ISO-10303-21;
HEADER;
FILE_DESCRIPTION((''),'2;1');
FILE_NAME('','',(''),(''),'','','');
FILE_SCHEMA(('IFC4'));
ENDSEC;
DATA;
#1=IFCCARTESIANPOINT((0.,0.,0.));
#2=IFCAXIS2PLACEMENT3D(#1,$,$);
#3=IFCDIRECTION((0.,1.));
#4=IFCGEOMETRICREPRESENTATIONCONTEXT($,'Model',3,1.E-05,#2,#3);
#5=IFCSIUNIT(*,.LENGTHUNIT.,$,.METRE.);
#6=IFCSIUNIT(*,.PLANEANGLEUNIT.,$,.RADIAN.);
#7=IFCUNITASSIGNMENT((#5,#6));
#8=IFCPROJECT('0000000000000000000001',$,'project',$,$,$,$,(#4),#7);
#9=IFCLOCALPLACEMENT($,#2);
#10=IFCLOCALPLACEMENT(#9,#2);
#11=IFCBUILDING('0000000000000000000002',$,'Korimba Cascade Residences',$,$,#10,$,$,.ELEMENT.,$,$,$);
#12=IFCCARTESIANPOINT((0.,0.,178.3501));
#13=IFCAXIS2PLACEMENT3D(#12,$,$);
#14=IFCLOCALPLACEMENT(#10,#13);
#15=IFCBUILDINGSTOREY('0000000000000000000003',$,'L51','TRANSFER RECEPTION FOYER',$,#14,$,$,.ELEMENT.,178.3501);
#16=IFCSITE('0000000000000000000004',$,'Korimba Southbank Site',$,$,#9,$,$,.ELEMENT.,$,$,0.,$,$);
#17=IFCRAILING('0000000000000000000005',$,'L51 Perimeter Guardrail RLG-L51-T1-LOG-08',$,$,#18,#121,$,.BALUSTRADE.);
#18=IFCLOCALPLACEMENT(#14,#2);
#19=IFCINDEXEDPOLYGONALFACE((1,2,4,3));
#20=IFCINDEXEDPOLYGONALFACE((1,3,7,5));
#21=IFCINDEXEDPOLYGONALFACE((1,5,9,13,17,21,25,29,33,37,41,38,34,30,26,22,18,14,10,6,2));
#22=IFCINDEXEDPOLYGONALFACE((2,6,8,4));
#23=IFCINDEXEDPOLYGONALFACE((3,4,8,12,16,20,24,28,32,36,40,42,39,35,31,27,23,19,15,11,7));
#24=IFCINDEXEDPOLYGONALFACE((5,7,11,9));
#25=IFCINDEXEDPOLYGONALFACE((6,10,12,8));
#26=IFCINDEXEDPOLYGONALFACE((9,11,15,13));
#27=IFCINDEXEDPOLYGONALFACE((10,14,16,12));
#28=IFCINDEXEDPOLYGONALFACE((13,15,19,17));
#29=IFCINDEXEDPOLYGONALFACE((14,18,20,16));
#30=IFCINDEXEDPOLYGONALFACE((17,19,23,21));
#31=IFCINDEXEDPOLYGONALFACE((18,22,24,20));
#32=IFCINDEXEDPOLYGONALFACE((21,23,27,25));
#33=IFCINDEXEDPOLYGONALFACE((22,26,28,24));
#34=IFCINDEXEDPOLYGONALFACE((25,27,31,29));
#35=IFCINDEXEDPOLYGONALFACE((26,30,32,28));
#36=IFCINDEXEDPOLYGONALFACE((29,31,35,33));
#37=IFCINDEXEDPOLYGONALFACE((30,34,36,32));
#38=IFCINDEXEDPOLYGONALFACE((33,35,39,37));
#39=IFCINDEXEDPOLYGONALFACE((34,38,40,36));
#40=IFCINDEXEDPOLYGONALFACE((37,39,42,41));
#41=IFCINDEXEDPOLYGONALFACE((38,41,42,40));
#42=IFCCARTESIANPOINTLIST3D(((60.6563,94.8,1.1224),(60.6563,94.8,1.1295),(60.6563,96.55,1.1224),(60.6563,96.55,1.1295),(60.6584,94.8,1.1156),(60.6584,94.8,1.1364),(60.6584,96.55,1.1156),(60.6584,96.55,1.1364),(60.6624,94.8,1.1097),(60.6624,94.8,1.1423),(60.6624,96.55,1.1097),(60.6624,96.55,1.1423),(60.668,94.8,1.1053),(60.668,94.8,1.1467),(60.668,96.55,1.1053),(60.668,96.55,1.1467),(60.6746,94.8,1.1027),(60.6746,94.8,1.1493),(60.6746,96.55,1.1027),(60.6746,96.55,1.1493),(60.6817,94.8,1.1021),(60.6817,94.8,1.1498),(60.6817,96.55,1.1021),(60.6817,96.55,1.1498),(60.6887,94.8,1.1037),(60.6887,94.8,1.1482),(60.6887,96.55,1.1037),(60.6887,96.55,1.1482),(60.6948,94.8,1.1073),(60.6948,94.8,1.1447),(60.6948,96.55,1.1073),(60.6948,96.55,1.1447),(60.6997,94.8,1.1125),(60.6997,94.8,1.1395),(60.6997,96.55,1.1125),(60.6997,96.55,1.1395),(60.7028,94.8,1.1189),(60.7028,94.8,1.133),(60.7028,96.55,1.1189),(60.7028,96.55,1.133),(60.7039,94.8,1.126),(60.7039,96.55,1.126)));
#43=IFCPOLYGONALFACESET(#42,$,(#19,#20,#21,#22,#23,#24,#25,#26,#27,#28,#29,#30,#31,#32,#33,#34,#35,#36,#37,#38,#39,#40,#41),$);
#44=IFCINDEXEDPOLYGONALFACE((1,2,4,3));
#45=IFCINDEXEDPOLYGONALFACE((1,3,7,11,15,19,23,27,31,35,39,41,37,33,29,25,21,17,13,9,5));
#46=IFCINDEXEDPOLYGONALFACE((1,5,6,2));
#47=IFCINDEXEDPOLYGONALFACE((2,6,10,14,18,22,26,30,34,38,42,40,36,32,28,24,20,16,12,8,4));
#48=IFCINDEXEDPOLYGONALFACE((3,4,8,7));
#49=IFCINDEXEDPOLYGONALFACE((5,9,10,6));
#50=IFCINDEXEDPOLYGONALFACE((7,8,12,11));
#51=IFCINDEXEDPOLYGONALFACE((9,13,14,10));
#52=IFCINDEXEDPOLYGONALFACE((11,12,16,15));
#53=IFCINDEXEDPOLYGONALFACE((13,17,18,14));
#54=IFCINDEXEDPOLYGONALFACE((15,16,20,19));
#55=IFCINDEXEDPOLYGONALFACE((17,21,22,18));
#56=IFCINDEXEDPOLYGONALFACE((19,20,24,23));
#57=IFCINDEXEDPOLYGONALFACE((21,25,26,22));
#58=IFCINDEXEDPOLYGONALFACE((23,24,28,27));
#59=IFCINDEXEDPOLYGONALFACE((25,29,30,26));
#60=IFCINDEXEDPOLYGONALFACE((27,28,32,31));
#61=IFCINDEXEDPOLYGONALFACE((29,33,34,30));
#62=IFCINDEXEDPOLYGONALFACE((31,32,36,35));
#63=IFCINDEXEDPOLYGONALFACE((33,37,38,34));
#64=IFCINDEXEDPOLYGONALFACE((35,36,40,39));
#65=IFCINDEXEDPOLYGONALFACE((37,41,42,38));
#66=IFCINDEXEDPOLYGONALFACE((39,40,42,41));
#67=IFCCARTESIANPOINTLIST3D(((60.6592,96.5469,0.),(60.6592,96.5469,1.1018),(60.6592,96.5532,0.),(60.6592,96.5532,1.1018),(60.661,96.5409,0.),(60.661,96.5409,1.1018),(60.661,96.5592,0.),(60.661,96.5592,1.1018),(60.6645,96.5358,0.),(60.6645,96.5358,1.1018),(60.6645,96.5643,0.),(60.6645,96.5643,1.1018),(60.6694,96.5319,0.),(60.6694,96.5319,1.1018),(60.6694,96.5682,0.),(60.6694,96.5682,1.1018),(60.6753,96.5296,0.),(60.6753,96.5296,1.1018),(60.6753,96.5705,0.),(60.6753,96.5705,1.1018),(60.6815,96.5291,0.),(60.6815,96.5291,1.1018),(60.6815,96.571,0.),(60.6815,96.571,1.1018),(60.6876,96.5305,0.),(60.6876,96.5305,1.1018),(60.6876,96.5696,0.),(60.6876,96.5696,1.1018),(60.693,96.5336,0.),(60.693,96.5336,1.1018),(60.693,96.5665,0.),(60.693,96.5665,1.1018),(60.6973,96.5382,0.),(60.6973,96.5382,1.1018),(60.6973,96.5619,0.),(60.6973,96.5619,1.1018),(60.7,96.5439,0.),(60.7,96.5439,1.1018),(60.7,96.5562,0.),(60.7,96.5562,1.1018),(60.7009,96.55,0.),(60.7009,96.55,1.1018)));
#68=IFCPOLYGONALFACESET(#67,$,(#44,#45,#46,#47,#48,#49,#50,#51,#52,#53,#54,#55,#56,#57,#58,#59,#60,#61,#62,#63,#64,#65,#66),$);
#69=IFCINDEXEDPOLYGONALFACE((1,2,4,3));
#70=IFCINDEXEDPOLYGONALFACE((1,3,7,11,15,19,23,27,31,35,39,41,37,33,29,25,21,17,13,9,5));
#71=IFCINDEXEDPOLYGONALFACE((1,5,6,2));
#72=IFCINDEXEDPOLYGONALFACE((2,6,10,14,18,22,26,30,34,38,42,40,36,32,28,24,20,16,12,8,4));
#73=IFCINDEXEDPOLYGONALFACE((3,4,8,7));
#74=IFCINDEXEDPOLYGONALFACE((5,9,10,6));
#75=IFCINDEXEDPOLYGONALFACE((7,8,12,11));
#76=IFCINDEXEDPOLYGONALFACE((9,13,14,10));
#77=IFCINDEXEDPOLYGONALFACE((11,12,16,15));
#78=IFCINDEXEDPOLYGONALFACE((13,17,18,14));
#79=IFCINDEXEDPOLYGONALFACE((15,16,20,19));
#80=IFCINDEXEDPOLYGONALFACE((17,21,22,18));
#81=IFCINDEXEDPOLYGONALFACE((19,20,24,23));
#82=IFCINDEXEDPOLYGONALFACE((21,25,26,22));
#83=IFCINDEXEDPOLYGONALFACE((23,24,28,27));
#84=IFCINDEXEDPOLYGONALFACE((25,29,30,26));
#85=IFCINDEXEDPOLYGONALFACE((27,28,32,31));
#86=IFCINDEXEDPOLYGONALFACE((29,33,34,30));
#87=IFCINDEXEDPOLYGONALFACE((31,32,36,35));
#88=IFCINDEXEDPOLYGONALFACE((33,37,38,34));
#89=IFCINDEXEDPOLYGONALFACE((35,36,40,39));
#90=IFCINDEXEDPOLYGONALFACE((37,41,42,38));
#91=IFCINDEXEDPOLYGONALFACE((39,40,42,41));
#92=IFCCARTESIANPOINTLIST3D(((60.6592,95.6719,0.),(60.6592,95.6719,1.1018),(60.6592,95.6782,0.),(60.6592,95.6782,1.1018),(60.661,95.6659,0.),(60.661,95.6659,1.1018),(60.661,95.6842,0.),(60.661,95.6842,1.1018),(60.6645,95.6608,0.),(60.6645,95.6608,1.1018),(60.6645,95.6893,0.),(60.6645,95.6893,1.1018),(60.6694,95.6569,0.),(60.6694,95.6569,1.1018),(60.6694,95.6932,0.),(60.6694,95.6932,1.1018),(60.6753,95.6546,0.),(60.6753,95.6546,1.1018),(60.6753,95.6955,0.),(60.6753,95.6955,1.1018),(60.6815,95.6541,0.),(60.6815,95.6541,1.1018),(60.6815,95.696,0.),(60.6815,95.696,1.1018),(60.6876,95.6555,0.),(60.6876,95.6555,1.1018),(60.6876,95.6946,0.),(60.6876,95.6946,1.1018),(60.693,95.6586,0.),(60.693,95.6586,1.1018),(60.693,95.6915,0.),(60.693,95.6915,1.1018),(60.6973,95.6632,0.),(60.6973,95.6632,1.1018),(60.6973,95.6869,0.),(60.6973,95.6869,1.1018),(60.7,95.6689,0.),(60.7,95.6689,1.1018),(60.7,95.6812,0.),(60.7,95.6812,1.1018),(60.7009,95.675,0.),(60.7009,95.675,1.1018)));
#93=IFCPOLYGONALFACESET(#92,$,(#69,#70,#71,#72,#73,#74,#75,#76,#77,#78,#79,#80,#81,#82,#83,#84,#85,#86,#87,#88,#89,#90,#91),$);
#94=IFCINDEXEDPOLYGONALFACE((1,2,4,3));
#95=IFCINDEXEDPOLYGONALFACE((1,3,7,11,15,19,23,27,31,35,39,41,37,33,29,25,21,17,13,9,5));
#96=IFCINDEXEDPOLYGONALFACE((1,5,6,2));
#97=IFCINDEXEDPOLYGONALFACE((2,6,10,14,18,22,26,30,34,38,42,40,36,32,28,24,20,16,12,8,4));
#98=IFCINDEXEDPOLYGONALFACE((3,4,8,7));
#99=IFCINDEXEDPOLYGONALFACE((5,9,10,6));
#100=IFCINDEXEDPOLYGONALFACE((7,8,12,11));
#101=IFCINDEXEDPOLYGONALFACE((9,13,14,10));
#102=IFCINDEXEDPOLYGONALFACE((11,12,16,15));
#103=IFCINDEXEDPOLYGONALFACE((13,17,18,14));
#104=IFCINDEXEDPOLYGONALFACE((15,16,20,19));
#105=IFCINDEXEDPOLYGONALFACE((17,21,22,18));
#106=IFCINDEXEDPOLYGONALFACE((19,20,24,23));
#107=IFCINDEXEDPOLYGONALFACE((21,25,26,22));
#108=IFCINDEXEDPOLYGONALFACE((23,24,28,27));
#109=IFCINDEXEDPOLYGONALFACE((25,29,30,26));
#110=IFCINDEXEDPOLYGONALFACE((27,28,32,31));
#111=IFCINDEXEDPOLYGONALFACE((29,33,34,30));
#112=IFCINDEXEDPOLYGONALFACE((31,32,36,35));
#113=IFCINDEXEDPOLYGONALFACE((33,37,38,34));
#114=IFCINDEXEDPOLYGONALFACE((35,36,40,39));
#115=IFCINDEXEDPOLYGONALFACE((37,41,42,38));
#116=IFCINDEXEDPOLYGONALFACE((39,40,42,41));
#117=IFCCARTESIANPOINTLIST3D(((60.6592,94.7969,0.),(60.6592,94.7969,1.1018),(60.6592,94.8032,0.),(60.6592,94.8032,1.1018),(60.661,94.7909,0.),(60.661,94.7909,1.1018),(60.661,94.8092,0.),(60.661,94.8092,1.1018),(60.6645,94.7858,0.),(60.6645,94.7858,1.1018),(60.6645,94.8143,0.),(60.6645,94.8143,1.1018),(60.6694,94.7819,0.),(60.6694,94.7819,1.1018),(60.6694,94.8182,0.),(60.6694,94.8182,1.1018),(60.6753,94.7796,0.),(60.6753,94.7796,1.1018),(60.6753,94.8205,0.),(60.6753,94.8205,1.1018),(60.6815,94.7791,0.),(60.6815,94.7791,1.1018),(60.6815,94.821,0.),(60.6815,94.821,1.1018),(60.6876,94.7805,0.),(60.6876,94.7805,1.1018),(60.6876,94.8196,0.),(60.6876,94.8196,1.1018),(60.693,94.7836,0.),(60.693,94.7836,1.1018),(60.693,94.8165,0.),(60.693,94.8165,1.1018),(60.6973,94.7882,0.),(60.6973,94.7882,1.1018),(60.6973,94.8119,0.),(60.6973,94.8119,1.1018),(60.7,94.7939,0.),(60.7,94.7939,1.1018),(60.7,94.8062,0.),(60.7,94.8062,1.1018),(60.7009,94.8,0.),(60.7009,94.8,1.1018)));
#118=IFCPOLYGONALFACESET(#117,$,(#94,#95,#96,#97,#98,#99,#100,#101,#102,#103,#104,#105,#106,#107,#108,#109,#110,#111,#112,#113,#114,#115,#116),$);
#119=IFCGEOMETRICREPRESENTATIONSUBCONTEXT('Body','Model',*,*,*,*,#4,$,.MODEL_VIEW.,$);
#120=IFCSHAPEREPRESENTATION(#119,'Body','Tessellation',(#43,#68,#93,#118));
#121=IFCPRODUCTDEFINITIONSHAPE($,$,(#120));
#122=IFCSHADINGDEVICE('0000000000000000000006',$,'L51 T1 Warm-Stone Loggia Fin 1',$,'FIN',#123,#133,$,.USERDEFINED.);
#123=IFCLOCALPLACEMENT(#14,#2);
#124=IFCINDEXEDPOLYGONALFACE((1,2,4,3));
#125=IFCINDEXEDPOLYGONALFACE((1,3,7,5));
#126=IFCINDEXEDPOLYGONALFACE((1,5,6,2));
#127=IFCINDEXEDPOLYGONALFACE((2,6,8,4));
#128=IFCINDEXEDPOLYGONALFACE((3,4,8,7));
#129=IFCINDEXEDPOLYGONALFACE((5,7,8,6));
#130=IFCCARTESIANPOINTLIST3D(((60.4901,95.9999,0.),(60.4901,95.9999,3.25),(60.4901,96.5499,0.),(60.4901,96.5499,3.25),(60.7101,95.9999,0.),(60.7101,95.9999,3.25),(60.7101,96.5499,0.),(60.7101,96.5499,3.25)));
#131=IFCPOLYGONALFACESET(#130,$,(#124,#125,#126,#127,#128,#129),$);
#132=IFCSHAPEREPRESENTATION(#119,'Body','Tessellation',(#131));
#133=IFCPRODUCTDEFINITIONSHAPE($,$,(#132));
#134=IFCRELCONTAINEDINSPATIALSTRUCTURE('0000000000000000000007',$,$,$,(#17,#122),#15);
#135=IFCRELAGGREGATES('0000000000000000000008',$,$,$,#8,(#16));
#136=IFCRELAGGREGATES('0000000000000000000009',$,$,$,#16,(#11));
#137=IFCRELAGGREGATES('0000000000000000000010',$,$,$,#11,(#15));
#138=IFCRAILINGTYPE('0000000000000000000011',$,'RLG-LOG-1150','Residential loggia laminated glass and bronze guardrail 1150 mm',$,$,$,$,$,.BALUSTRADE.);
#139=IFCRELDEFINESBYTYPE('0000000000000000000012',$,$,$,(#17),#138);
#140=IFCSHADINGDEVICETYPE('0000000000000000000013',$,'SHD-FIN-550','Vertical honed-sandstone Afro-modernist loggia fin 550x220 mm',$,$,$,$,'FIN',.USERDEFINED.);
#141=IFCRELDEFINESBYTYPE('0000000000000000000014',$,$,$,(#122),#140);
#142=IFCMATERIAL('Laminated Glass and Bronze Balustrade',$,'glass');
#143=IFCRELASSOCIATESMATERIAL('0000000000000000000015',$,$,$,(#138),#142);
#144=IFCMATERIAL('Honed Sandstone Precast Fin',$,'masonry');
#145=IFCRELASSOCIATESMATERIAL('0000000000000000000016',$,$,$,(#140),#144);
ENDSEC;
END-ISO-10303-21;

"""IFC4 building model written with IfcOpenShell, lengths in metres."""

from ifc_helpers import new_model, si_unit, direction, frame, origin, origin_2d, place, context, subcontext, project, spatial, rectangle, circle, extrude, material, type_object, element, save


model = new_model("IFC4")

# Units and contexts
model_context = context("Model", 3, precision=1e-05, world=origin(), true_north=direction((0.0, 1.0)))
body_context = subcontext(model_context, "Body", "Model", "MODEL_VIEW")
ifc_project = project(units=[si_unit("LENGTHUNIT", "METRE"), si_unit("PLANEANGLEUNIT", "RADIAN")], contexts=[model_context])

# Site, building, storey
site_placement = place(None, origin())
site = spatial("IfcSite", under=ifc_project, at=site_placement, Name="Korimba Southbank Site", CompositionType="ELEMENT", RefElevation=0.0)
building_placement = place(site_placement, origin())
building = spatial("IfcBuilding", under=site, at=building_placement, Name="Korimba Cascade Residences", CompositionType="ELEMENT")
storey_placement = place(building_placement, frame((0.0, 0.0, 178.3501)))
storey = spatial("IfcBuildingStorey", under=building, at=storey_placement, Name="L51", Description="TRANSFER RECEPTION FOYER", CompositionType="ELEMENT", Elevation=178.3501)

# Railing
ifc_material_1 = material(Name="Laminated Glass and Bronze Balustrade", Category="glass")
railing_type = type_object("IfcRailingType", Name="RLG-LOG-1150", Description="Residential loggia laminated glass and bronze guardrail 1150 mm", PredefinedType="BALUSTRADE", material=ifc_material_1)
railing_placement = place(storey_placement, frame((60.6799, 96.55, 0.0)))
element("IfcRailing", 1, at=railing_placement, inside=storey, type_object=railing_type, Name="L51 Perimeter Guardrail RLG-L51-T1-LOG-08", PredefinedType="BALUSTRADE", context=body_context, shape_type="SweptSolid", body=[
    extrude(circle(Radius=0.0239, at=origin_2d()), frame((0.0, 0.0, 1.126), z_axis=(0.0, -1.0, 0.0), x_axis=(1.0, 0.0, 0.0)), (0.0, 0.0, 1.0), 1.75),
    extrude(circle(Radius=0.021, at=origin_2d()), origin(), (0.0, 0.0, 1.0), 1.1018),
    extrude(circle(Radius=0.021, at=origin_2d()), frame((0.0, -0.875, 0.0)), (0.0, 0.0, 1.0), 1.1018),
    extrude(circle(Radius=0.021, at=origin_2d()), frame((0.0, -1.75, 0.0)), (0.0, 0.0, 1.0), 1.1018),
])

# Shading device
ifc_material_2 = material(Name="Honed Sandstone Precast Fin", Category="masonry")
shading_device_type = type_object("IfcShadingDeviceType", Name="SHD-FIN-550", Description="Vertical honed-sandstone Afro-modernist loggia fin 550x220 mm", ElementType="FIN", PredefinedType="USERDEFINED", material=ifc_material_2)
shading_device_placement = place(storey_placement, frame((60.6001, 96.2749, 0.0), z_axis=(0.0, 0.0, 1.0), x_axis=(1.0, 0.0, 0.0)))
element("IfcShadingDevice", 2, at=shading_device_placement, inside=storey, type_object=shading_device_type, Name="L51 T1 Warm-Stone Loggia Fin 1", ObjectType="FIN", PredefinedType="USERDEFINED", context=body_context, shape_type="SweptSolid", body=[
    extrude(rectangle(XDim=0.22, YDim=0.55, at=origin_2d()), origin(), (0.0, 0.0, 1.0), 3.25),
])

save(model, "model.ifc")
